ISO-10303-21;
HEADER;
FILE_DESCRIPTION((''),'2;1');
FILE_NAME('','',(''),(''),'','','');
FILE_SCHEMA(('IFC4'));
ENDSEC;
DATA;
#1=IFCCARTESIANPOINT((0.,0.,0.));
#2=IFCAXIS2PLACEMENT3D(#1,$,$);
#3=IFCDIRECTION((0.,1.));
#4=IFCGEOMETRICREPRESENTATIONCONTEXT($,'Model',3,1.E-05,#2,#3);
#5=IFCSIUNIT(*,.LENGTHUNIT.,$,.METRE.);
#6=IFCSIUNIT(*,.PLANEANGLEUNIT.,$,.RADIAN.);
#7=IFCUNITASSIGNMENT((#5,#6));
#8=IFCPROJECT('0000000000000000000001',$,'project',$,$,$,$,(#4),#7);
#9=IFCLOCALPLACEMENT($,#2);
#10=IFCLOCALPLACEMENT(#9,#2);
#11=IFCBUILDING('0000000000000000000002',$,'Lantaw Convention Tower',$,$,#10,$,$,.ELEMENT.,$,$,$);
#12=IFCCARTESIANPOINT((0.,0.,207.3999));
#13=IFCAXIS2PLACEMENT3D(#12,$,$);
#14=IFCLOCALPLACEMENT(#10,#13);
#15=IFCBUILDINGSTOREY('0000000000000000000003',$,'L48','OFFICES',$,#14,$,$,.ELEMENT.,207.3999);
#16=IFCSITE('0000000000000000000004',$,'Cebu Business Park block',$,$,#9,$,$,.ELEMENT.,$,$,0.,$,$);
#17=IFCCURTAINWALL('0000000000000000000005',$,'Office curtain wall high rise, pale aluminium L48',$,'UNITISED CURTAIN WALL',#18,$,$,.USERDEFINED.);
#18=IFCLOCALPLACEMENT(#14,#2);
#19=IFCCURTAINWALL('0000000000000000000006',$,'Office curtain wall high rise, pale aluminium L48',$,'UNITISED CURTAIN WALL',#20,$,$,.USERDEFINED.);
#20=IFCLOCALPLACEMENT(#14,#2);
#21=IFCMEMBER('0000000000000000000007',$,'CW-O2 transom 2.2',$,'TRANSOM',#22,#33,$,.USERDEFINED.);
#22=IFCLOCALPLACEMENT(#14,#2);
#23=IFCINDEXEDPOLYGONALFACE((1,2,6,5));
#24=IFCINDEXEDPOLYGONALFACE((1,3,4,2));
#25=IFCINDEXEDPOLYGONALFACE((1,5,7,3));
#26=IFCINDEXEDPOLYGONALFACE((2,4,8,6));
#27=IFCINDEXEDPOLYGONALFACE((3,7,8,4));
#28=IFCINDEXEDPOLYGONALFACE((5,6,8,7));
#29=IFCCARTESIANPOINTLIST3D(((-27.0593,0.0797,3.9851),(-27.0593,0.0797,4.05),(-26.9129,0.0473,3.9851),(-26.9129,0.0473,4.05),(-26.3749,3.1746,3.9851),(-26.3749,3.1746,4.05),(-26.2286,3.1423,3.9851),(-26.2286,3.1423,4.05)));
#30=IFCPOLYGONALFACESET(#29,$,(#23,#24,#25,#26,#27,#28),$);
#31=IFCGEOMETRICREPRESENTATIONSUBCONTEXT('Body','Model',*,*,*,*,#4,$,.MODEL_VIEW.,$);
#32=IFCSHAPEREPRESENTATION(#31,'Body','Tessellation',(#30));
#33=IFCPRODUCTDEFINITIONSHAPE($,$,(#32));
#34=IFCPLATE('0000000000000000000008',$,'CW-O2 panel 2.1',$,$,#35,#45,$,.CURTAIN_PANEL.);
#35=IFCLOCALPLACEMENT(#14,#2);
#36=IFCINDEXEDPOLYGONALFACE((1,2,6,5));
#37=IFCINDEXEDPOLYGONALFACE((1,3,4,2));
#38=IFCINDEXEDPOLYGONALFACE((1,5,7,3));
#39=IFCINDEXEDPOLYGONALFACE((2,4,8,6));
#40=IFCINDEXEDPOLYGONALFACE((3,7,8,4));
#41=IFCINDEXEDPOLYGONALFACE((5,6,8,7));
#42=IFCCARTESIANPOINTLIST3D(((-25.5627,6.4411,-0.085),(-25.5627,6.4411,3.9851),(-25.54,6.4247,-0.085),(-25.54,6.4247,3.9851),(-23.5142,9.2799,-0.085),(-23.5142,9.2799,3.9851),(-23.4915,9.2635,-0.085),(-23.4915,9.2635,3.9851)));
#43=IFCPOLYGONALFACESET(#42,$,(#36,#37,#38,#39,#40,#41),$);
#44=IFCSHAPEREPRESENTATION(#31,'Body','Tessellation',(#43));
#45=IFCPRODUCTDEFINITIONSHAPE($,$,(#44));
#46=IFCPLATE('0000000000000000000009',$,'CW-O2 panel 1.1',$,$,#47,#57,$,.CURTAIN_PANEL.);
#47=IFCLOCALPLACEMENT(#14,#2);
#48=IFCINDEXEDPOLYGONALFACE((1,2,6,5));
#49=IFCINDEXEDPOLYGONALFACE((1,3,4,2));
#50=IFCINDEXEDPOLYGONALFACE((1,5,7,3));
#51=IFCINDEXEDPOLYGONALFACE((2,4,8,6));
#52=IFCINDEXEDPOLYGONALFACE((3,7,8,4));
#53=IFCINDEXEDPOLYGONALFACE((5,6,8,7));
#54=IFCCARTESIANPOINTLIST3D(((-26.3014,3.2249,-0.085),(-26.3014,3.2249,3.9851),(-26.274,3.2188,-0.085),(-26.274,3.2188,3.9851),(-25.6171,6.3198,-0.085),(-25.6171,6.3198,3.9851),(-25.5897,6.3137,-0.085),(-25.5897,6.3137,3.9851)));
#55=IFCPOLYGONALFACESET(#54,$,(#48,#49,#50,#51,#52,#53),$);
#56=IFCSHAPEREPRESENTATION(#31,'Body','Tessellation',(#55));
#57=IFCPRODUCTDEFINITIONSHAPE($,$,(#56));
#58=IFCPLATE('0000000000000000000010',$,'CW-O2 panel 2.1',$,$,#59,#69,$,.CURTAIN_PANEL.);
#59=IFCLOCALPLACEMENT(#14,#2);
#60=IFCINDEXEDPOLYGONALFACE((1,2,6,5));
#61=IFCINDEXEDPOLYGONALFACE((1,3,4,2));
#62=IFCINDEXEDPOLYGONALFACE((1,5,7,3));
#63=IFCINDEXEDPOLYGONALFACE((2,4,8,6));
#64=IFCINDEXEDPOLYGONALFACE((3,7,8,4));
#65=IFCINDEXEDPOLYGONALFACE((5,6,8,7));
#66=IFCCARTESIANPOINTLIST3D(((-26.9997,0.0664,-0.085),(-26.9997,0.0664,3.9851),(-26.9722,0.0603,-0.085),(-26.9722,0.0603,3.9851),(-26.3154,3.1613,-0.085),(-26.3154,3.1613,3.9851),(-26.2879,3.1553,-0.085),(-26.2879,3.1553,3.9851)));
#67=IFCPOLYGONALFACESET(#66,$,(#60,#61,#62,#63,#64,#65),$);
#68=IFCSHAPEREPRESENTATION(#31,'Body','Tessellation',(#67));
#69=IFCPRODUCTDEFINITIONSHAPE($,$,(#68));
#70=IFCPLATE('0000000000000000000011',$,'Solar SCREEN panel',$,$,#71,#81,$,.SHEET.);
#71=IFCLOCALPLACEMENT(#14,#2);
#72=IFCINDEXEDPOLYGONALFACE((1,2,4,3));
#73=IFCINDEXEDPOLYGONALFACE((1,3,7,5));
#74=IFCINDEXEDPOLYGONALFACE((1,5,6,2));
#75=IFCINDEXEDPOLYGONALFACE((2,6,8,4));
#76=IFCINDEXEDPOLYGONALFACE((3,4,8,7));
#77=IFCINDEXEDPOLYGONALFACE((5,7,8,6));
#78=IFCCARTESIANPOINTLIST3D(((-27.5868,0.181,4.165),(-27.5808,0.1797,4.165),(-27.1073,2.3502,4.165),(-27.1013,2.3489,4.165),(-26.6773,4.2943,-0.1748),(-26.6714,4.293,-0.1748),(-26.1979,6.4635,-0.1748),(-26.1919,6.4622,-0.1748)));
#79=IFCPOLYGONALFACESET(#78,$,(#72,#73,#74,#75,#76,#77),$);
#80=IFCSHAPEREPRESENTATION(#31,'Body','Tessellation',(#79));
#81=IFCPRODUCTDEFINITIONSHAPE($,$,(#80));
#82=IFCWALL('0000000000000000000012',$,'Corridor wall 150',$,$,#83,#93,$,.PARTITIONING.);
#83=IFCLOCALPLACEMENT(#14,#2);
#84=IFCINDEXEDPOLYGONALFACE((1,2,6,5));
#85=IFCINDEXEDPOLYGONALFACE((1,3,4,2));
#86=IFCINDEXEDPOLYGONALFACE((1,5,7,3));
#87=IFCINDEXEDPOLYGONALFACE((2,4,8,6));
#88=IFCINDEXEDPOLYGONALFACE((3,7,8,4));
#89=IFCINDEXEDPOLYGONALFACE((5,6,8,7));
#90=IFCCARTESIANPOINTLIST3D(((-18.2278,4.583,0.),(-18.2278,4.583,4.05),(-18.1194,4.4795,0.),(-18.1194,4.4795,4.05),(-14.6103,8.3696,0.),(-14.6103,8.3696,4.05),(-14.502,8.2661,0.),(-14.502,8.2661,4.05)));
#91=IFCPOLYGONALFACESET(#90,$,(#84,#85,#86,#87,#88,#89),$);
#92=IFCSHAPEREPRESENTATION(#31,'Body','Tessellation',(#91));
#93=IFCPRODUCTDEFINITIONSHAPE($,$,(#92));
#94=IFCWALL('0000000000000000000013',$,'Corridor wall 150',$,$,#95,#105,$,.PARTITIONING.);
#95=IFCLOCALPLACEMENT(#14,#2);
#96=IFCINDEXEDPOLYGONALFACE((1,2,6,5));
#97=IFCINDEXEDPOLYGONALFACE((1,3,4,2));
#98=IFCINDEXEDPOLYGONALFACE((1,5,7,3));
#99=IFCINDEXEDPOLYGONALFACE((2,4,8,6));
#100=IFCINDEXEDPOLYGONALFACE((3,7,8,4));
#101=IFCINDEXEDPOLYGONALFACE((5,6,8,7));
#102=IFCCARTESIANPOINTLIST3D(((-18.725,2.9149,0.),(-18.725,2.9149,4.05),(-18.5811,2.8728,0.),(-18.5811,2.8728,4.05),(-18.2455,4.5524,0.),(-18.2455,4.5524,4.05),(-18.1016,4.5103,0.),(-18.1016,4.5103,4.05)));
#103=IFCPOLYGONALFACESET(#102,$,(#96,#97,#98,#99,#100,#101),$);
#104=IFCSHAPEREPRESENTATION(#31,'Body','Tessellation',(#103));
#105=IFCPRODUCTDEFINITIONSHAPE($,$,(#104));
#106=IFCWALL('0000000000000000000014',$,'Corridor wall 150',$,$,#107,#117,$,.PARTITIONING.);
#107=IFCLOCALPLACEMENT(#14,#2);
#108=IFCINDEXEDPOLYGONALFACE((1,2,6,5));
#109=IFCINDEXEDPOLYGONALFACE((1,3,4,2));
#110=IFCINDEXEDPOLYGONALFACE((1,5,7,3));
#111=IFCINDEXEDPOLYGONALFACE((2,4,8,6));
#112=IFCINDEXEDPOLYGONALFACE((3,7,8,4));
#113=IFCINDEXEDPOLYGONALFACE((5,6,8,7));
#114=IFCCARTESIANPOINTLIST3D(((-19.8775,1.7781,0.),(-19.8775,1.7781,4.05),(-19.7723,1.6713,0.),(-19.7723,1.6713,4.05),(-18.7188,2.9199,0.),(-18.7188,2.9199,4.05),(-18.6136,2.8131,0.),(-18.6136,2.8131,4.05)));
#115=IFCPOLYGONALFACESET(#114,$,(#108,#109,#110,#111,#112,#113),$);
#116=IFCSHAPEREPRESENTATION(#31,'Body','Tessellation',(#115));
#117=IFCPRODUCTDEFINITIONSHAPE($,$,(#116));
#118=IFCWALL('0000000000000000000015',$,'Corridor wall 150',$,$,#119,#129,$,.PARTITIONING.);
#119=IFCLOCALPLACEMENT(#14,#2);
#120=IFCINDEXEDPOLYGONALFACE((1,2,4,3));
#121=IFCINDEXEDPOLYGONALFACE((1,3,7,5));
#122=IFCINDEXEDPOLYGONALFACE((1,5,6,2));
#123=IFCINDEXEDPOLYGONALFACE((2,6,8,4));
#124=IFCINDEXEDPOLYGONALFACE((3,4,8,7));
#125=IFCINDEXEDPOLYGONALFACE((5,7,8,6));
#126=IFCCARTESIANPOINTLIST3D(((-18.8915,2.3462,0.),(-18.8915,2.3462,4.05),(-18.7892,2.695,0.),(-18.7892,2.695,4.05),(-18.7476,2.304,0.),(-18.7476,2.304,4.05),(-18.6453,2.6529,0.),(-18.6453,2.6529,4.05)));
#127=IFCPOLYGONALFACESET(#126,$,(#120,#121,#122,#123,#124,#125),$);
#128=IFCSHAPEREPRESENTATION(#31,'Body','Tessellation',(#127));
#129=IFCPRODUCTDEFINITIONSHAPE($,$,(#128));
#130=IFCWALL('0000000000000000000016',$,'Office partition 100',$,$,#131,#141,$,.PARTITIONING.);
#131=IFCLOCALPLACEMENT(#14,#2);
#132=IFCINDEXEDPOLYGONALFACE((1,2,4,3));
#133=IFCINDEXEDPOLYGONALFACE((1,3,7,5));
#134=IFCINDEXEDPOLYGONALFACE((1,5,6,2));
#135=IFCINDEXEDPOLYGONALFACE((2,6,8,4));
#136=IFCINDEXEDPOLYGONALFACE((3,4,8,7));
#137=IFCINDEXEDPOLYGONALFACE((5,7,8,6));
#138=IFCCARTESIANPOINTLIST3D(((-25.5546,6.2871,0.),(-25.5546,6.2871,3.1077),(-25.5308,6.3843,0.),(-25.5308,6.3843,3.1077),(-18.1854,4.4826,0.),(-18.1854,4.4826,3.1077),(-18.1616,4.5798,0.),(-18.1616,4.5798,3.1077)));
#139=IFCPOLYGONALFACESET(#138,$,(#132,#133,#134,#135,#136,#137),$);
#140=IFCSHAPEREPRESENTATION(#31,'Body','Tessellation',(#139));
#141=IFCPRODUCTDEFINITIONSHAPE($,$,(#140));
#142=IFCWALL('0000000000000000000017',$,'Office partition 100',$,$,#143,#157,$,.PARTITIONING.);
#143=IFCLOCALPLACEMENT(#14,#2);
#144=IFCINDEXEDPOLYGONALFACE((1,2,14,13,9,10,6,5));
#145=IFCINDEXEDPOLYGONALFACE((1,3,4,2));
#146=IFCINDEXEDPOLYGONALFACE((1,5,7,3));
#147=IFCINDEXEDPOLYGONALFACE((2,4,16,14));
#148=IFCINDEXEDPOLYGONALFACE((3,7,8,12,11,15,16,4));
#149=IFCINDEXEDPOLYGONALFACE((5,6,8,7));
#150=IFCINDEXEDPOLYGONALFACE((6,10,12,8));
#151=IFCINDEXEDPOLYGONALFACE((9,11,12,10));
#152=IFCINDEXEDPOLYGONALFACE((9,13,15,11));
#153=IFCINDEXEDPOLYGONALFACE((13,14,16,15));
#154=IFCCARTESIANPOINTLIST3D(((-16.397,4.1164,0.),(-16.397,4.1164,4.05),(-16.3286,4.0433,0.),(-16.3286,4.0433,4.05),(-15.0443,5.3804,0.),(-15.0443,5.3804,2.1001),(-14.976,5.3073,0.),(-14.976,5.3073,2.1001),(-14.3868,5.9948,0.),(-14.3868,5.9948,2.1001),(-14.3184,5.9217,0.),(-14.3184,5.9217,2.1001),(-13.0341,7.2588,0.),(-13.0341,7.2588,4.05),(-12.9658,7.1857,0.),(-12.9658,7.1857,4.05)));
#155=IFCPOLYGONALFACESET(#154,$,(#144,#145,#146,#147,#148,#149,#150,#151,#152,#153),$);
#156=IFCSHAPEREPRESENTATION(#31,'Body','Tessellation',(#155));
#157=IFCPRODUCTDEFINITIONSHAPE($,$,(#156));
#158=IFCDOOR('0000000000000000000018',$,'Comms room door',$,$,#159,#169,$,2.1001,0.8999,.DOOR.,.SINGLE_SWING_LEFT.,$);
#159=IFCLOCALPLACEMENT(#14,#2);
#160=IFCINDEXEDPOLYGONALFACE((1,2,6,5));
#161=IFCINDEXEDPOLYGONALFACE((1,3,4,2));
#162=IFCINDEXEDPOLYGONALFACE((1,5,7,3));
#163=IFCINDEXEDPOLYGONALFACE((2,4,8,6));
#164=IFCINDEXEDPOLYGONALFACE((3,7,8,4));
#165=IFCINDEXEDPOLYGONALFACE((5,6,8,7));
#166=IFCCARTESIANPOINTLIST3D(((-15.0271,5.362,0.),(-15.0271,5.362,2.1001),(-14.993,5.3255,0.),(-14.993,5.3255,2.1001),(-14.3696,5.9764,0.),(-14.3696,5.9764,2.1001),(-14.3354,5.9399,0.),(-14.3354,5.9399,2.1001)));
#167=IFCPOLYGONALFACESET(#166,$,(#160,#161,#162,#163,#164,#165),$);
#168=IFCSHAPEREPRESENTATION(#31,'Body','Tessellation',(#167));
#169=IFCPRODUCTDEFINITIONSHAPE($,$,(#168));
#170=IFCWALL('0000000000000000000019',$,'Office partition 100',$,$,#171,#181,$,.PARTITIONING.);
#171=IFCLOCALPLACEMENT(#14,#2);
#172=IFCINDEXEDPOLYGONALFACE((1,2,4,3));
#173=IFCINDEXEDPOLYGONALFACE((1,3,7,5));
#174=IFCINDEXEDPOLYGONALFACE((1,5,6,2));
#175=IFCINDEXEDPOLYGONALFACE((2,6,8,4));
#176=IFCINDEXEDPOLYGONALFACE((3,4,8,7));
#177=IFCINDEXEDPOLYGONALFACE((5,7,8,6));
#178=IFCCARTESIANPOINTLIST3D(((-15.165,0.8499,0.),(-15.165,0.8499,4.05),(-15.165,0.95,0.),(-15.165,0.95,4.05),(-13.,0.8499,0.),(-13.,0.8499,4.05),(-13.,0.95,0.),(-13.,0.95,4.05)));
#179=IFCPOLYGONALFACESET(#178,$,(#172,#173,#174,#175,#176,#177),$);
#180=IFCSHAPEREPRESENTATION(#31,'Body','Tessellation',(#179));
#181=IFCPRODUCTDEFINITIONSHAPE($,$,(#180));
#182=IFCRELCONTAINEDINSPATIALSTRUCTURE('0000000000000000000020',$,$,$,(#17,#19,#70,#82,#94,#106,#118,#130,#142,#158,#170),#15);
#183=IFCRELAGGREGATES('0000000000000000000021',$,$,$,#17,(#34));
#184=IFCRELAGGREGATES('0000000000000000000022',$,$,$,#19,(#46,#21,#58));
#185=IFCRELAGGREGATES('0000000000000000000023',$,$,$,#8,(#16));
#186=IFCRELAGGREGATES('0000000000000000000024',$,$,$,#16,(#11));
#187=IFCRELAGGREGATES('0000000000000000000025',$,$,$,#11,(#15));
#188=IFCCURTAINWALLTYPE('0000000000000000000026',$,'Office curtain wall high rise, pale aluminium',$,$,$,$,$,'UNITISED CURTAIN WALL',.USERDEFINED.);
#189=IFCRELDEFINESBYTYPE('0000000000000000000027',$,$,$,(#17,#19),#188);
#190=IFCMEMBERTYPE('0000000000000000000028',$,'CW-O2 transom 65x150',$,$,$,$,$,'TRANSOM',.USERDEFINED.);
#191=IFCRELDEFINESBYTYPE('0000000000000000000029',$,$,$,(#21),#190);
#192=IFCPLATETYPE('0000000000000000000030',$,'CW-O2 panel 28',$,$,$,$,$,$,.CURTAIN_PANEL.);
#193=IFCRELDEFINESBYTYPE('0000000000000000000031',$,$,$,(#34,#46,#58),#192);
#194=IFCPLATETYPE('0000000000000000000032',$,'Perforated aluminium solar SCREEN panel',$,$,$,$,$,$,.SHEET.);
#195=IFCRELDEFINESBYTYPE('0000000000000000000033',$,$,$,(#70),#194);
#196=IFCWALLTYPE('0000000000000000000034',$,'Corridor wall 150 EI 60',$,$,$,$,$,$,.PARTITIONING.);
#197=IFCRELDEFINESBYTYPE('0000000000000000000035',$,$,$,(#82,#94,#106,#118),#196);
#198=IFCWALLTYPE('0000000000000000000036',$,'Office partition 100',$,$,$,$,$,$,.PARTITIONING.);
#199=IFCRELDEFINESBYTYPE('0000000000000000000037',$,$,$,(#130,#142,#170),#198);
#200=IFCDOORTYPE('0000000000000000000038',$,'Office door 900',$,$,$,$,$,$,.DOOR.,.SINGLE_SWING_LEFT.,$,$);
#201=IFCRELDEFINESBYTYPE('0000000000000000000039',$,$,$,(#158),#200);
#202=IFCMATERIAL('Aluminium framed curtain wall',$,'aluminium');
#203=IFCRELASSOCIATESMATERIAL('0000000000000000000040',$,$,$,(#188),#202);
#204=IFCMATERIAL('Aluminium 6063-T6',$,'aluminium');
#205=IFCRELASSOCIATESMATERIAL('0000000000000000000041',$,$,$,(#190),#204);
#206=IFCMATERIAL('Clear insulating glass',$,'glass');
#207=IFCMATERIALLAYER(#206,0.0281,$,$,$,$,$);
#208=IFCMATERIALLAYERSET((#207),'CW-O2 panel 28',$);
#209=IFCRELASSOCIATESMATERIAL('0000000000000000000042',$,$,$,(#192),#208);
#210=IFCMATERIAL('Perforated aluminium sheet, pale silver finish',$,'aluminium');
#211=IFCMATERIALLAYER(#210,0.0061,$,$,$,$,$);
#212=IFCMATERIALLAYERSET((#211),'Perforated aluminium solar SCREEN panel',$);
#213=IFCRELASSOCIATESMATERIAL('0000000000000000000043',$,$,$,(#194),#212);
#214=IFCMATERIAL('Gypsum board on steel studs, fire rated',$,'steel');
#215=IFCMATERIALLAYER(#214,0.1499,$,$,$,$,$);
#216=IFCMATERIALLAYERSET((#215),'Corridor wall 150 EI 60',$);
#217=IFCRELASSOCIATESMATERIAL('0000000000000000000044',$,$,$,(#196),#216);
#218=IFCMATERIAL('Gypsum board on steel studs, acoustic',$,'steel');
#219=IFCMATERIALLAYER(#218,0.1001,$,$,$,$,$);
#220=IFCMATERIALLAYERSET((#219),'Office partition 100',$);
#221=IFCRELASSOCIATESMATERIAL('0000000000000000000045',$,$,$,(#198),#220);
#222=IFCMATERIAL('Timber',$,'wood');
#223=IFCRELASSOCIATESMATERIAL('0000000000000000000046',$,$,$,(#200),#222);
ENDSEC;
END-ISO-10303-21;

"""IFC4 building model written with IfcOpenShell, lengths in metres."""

from ifc_helpers import new_model, si_unit, direction, frame, frame_2d, origin, origin_2d, place, context, subcontext, project, spatial, polyline, rectangle, outline, extrude, material, layer, layer_set, material_profile, profile_set, type_object, element, fill, aggregate, save


model = new_model("IFC4")

# Units and contexts
model_context = context("Model", 3, precision=1e-05, world=origin(), true_north=direction((0.0, 1.0)))
body_context = subcontext(model_context, "Body", "Model", "MODEL_VIEW")
ifc_project = project(units=[si_unit("LENGTHUNIT", "METRE"), si_unit("PLANEANGLEUNIT", "RADIAN")], contexts=[model_context])

# Site, building, storey
site_placement = place(None, origin())
site = spatial("IfcSite", under=ifc_project, at=site_placement, Name="Cebu Business Park block", CompositionType="ELEMENT", RefElevation=0.0)
building_placement = place(site_placement, origin())
building = spatial("IfcBuilding", under=site, at=building_placement, Name="Lantaw Convention Tower", CompositionType="ELEMENT")
storey_placement = place(building_placement, frame((0.0, 0.0, 207.3999)))
storey = spatial("IfcBuildingStorey", under=building, at=storey_placement, Name="L48", Description="OFFICES", CompositionType="ELEMENT", Elevation=207.3999)

# Curtain wall
ifc_material_1 = material(Name="Aluminium framed curtain wall", Category="aluminium")
curtain_wall_type = type_object("IfcCurtainWallType", Name="Office curtain wall high rise, pale aluminium", ElementType="UNITISED CURTAIN WALL", PredefinedType="USERDEFINED", material=ifc_material_1)
curtain_wall_1_placement = place(storey_placement, origin())
curtain_wall_1 = element("IfcCurtainWall", 1, at=curtain_wall_1_placement, inside=storey, type_object=curtain_wall_type, Name="Office curtain wall high rise, pale aluminium L48", ObjectType="UNITISED CURTAIN WALL", PredefinedType="USERDEFINED")
ifc_material_2 = material(Name="Aluminium 6063-T6", Category="aluminium")

# Curtain wall, member
curtain_wall_2_placement = place(storey_placement, origin())
curtain_wall_2 = element("IfcCurtainWall", 2, at=curtain_wall_2_placement, inside=storey, type_object=curtain_wall_type, Name="Office curtain wall high rise, pale aluminium L48", ObjectType="UNITISED CURTAIN WALL", PredefinedType="USERDEFINED")
ifc_material_profile_1 = material_profile(ifc_material_2, rectangle(XDim=0.1499, YDim=0.0649, at=origin_2d()), Name="CW-O2 transom 65x150")
ifc_profile_set_1 = profile_set([ifc_material_profile_1], Name="Aluminium 6063-T6")
member_type_1 = type_object("IfcMemberType", Name="CW-O2 transom 65x150", ElementType="TRANSOM", PredefinedType="USERDEFINED", material=ifc_profile_set_1)
member_1_placement = place(storey_placement, frame((-26.3018, 3.1584, 4.0176), z_axis=(-0.215895, -0.976417, 0.0), x_axis=(0.976417, -0.215895, 0.0)))
member_1 = element("IfcMember", 3, at=member_1_placement, type_object=member_type_1, Name="CW-O2 transom 2.2", ObjectType="TRANSOM", PredefinedType="USERDEFINED", context=body_context, shape_type="SweptSolid", body=[
    extrude(rectangle(XDim=0.1499, YDim=0.0649, at=origin_2d()), origin(), (0.0, 0.0, 1.0), 3.1697),
])

# Plates
ifc_material_3 = material(Name="Clear insulating glass", Category="glass")
ifc_layer_1 = layer(ifc_material_3, 0.0281)
ifc_layer_set_1 = layer_set([ifc_layer_1], Name="CW-O2 panel 28")
plate_type_1 = type_object("IfcPlateType", Name="CW-O2 panel 28", PredefinedType="CURTAIN_PANEL", material=ifc_layer_set_1)
plate_1_placement = place(storey_placement, frame((-24.5271, 7.8523, -0.085), z_axis=(0.0, 0.0, 1.0), x_axis=(-0.585158, -0.81092, 0.0)))
plate_1 = element("IfcPlate", 4, at=plate_1_placement, type_object=plate_type_1, Name="CW-O2 panel 2.1", PredefinedType="CURTAIN_PANEL", context=body_context, shape_type="SweptSolid", body=[
    extrude(rectangle(XDim=3.5007, YDim=0.0281, at=origin_2d()), origin(), (0.0, 0.0, 1.0), 4.0701),
])
aggregate(curtain_wall_1, [plate_1])
plate_2_placement = place(storey_placement, frame((-25.9456, 4.7693, -0.085), z_axis=(0.0, 0.0, 1.0), x_axis=(-0.215891, -0.976417, 0.0)))
plate_2 = element("IfcPlate", 5, at=plate_2_placement, type_object=plate_type_1, Name="CW-O2 panel 1.1", PredefinedType="CURTAIN_PANEL", context=body_context, shape_type="SweptSolid", body=[
    extrude(rectangle(XDim=3.1697, YDim=0.0281, at=origin_2d()), origin(), (0.0, 0.0, 1.0), 4.0701),
])
plate_3_placement = place(storey_placement, frame((-26.6438, 1.6108, -0.085), z_axis=(0.0, 0.0, 1.0), x_axis=(-0.215891, -0.976417, 0.0)))
plate_3 = element("IfcPlate", 6, at=plate_3_placement, type_object=plate_type_1, Name="CW-O2 panel 2.1", PredefinedType="CURTAIN_PANEL", context=body_context, shape_type="SweptSolid", body=[
    extrude(rectangle(XDim=3.1697, YDim=0.0281, at=origin_2d()), origin(), (0.0, 0.0, 1.0), 4.0701),
])
aggregate(curtain_wall_2, [plate_2, member_1, plate_3])
ifc_material_4 = material(Name="Perforated aluminium sheet, pale silver finish", Category="aluminium")
ifc_layer_2 = layer(ifc_material_4, 0.0061)
ifc_layer_set_2 = layer_set([ifc_layer_2], Name="Perforated aluminium solar SCREEN panel")
plate_type_2 = type_object("IfcPlateType", Name="Perforated aluminium solar SCREEN panel", PredefinedType="SHEET", material=ifc_layer_set_2)
plate_4_placement = place(storey_placement, frame((-26.1919, 6.4622, -0.1748), z_axis=(0.97643, -0.215837, 0.000044), x_axis=(-0.215837, -0.97643, 0.0)))
element("IfcPlate", 7, at=plate_4_placement, inside=storey, type_object=plate_type_2, Name="Solar SCREEN panel", PredefinedType="SHEET", context=body_context, shape_type="SweptSolid", body=[
    extrude(outline(polyline([(0.0, 0.0), (2.2216, 0.0), (6.4342, -4.3398), (4.2126, -4.3398), (0.0, 0.0)])), origin(), (0.0, 0.0, -1.0), 0.0061),
])

# Walls
ifc_material_5 = material(Name="Gypsum board on steel studs, fire rated", Category="steel")
ifc_layer_3 = layer(ifc_material_5, 0.1499)
ifc_layer_set_3 = layer_set([ifc_layer_3], Name="Corridor wall 150 EI 60")
wall_type_1 = type_object("IfcWallType", Name="Corridor wall 150 EI 60", PredefinedType="PARTITIONING", material=ifc_layer_set_3)
wall_1_placement = place(storey_placement, frame((-14.5562, 8.3179, 0.0), z_axis=(0.0, 0.0, 1.0), x_axis=(-0.690768, -0.723076, 0.0)))
element("IfcWall", 8, at=wall_1_placement, inside=storey, type_object=wall_type_1, Name="Corridor wall 150", PredefinedType="PARTITIONING", context=body_context, shape_type="SweptSolid", body=[
    extrude(rectangle(XDim=5.2368, YDim=0.1499, at=frame_2d((2.6184, 0.0))), origin(), (0.0, 0.0, 1.0), 4.05),
])
wall_2_placement = place(storey_placement, frame((-18.1736, 4.5312, 0.0), z_axis=(0.0, 0.0, 1.0), x_axis=(-0.281027, -0.9597, 0.0)))
element("IfcWall", 9, at=wall_2_placement, inside=storey, type_object=wall_type_1, Name="Corridor wall 150", PredefinedType="PARTITIONING", context=body_context, shape_type="SweptSolid", body=[
    extrude(rectangle(XDim=1.7063, YDim=0.1499, at=frame_2d((0.853, 0.0))), origin(), (0.0, 0.0, 1.0), 4.05),
])
wall_3_placement = place(storey_placement, frame((-19.825, 1.7246, 0.0), z_axis=(0.0, 0.0, 1.0), x_axis=(0.712265, 0.70191, 0.0)))
element("IfcWall", 10, at=wall_3_placement, inside=storey, type_object=wall_type_1, Name="Corridor wall 150", PredefinedType="PARTITIONING", context=body_context, shape_type="SweptSolid", body=[
    extrude(rectangle(XDim=1.6267, YDim=0.1499, at=frame_2d((0.8135, 0.0))), origin(), (0.0, 0.0, 1.0), 4.05),
])
wall_4_placement = place(storey_placement, frame((-18.7173, 2.6738, 0.0), z_axis=(0.0, 0.0, 1.0), x_axis=(-0.281366, -0.9596, 0.0)))
element("IfcWall", 11, at=wall_4_placement, inside=storey, type_object=wall_type_1, Name="Corridor wall 150", PredefinedType="PARTITIONING", context=body_context, shape_type="SweptSolid", body=[
    extrude(rectangle(XDim=0.3635, YDim=0.1499, at=frame_2d((0.1816, 0.0))), origin(), (0.0, 0.0, 1.0), 4.05),
])
ifc_material_6 = material(Name="Gypsum board on steel studs, acoustic", Category="steel")
ifc_layer_4 = layer(ifc_material_6, 0.1001)
ifc_layer_set_4 = layer_set([ifc_layer_4], Name="Office partition 100")
wall_type_2 = type_object("IfcWallType", Name="Office partition 100", PredefinedType="PARTITIONING", material=ifc_layer_set_4)
wall_5_placement = place(storey_placement, frame((-25.5427, 6.3357, 0.0), z_axis=(0.0, 0.0, 1.0), x_axis=(0.971305, -0.237838, 0.0)))
element("IfcWall", 12, at=wall_5_placement, inside=storey, type_object=wall_type_2, Name="Office partition 100", PredefinedType="PARTITIONING", context=body_context, shape_type="SweptSolid", body=[
    extrude(rectangle(XDim=7.5869, YDim=0.1001, at=frame_2d((3.7935, 0.0))), origin(), (0.0, 0.0, 1.0), 3.1077),
])

# Wall, opening, door
wall_6_placement = place(storey_placement, frame((-16.3628, 4.0798, 0.0), z_axis=(0.0, 0.0, 1.0), x_axis=(0.730651, 0.682751, 0.0)))
wall_6 = element("IfcWall", 13, at=wall_6_placement, inside=storey, type_object=wall_type_2, Name="Office partition 100", PredefinedType="PARTITIONING", context=body_context, shape_type="SweptSolid", body=[
    extrude(rectangle(XDim=4.6025, YDim=0.1001, at=frame_2d((2.3013, 0.0))), origin(), (0.0, 0.0, 1.0), 4.05),
])
opening_placement = place(wall_6_placement, frame((1.8513, 0.0, 0.0)))
opening = element("IfcOpeningElement", 14, at=opening_placement, cuts=wall_6, PredefinedType="OPENING", context=body_context, shape_type="SweptSolid", body=[
    extrude(rectangle(XDim=0.8999, YDim=2.1001, at=frame_2d((0.45, 1.05))), frame((0.0, 0.0601, 0.0), z_axis=(0.0, -1.0, 0.0), x_axis=(1.0, 0.0, 0.0)), (0.0, 0.0, 1.0), 0.1201),
])
ifc_material_7 = material(Name="Timber", Category="wood")
door_type = type_object("IfcDoorType", Name="Office door 900", OperationType="SINGLE_SWING_LEFT", PredefinedType="DOOR", material=ifc_material_7)
door_placement = place(opening_placement, origin())
door = element("IfcDoor", 15, at=door_placement, inside=storey, type_object=door_type, Name="Comms room door", OperationType="SINGLE_SWING_LEFT", OverallHeight=2.1001, OverallWidth=0.8999, PredefinedType="DOOR", context=body_context, shape_type="SweptSolid", body=[
    extrude(rectangle(XDim=0.8999, YDim=2.1001, at=frame_2d((0.45, 1.05))), frame((0.0, 0.0249, 0.0), z_axis=(0.0, -1.0, 0.0), x_axis=(1.0, 0.0, 0.0)), (0.0, 0.0, 1.0), 0.05),
])
fill(opening, door)

# Wall
wall_7_placement = place(storey_placement, frame((-13.0, 0.8999, 0.0), z_axis=(0.0, 0.0, 1.0), x_axis=(-1.0, 0.0, 0.0)))
element("IfcWall", 16, at=wall_7_placement, inside=storey, type_object=wall_type_2, Name="Office partition 100", PredefinedType="PARTITIONING", context=body_context, shape_type="SweptSolid", body=[
    extrude(rectangle(XDim=2.165, YDim=0.1001, at=frame_2d((1.0825, 0.0))), origin(), (0.0, 0.0, 1.0), 4.05),
])

save(model, "model.ifc")
